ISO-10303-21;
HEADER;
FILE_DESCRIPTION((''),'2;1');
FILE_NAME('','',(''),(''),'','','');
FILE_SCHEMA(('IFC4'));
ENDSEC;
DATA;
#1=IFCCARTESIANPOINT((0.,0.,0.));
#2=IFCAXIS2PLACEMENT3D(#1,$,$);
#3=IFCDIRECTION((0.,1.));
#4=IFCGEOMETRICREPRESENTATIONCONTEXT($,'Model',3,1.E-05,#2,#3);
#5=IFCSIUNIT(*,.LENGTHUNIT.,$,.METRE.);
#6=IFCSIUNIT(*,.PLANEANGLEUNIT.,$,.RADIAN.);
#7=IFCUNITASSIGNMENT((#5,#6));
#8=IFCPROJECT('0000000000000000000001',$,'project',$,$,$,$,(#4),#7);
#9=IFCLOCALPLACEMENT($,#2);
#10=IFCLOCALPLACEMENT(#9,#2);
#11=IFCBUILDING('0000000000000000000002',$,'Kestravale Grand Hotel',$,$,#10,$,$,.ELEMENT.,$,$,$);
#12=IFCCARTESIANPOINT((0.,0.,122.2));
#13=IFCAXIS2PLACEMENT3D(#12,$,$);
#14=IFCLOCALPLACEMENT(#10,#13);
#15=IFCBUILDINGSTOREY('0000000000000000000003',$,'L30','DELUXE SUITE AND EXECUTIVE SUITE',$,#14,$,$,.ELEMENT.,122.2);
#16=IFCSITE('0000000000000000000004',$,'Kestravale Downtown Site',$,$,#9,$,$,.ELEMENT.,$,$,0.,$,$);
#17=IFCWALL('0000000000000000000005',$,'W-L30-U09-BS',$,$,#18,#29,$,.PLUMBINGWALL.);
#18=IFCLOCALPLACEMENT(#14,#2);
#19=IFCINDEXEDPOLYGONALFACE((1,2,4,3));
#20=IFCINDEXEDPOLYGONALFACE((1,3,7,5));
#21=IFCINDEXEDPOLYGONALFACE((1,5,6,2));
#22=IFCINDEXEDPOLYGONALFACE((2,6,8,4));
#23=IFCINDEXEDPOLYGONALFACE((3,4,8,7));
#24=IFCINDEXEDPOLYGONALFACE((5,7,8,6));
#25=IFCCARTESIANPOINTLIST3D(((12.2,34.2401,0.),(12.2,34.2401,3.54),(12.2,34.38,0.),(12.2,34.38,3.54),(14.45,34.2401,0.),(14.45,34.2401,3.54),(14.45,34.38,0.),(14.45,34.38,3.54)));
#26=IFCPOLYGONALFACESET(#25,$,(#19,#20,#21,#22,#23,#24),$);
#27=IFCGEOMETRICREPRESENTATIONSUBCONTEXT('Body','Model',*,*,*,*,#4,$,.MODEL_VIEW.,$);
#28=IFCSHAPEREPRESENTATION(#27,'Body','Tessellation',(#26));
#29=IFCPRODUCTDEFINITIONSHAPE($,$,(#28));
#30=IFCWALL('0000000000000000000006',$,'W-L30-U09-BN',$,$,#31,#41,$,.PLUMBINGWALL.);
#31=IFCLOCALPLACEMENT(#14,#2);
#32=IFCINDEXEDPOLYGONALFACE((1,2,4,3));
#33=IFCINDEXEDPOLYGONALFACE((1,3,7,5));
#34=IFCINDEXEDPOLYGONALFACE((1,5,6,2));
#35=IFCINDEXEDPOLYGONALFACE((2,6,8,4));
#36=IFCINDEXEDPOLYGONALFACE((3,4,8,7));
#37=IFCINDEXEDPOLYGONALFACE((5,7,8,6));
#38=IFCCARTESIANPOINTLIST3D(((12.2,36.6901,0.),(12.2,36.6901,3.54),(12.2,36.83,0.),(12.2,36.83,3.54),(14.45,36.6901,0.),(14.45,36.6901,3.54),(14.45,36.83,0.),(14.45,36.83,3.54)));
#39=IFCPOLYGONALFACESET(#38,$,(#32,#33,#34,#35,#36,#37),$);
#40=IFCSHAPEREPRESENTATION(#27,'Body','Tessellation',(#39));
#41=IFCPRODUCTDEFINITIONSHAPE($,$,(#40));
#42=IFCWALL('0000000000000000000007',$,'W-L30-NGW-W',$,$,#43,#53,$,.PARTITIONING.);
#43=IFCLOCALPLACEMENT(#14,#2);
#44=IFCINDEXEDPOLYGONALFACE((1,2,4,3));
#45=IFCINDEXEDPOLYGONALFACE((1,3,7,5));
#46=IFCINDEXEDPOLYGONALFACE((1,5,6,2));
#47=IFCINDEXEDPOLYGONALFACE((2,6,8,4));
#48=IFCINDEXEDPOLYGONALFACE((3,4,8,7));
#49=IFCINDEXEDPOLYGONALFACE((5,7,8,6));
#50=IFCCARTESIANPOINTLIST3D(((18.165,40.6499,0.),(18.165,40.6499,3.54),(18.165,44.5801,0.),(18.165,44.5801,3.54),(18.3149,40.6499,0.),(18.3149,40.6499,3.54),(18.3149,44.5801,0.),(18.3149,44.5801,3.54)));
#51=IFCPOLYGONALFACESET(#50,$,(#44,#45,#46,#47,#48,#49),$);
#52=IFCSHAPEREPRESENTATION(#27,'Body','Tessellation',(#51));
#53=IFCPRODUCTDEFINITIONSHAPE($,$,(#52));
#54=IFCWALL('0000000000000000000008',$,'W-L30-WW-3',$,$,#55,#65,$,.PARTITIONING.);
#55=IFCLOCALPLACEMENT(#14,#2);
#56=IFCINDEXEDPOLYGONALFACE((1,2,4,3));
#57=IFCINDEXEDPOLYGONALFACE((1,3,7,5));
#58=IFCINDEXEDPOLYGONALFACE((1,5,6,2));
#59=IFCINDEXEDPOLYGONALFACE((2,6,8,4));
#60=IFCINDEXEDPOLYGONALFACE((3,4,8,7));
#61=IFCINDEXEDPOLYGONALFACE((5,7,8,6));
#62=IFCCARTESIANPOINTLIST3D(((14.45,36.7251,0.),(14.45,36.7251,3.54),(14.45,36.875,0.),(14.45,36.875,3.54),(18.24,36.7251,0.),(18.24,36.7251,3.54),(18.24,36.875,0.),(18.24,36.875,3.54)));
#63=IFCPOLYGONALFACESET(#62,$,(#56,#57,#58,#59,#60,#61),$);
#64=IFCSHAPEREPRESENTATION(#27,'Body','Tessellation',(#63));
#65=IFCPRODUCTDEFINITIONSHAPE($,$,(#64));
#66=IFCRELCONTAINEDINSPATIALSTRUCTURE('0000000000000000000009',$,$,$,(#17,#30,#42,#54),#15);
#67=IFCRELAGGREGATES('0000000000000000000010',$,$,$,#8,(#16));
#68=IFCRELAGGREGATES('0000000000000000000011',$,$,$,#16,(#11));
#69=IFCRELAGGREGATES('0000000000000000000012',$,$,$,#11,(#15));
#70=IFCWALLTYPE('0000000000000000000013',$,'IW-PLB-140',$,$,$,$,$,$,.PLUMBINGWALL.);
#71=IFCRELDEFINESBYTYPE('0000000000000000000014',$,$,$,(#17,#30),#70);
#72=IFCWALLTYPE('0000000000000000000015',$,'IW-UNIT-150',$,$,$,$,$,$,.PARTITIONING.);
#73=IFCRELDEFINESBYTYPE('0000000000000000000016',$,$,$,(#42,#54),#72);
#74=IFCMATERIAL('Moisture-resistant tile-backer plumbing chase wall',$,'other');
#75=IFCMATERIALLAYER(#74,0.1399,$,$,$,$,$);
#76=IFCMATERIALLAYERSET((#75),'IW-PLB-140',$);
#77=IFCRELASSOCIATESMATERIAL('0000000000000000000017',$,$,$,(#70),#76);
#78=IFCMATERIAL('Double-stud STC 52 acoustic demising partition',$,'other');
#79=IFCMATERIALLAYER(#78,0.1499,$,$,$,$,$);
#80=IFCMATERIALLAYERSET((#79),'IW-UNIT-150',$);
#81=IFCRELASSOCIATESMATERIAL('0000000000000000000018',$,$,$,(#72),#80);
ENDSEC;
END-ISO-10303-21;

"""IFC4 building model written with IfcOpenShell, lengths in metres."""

from ifc_helpers import new_model, si_unit, direction, frame, frame_2d, origin, place, context, subcontext, project, spatial, rectangle, extrude, material, layer, layer_set, type_object, element, save


model = new_model("IFC4")

# Units and contexts
model_context = context("Model", 3, precision=1e-05, world=origin(), true_north=direction((0.0, 1.0)))
body_context = subcontext(model_context, "Body", "Model", "MODEL_VIEW")
ifc_project = project(units=[si_unit("LENGTHUNIT", "METRE"), si_unit("PLANEANGLEUNIT", "RADIAN")], contexts=[model_context])

# Site, building, storey
site_placement = place(None, origin())
site = spatial("IfcSite", under=ifc_project, at=site_placement, Name="Kestravale Downtown Site", CompositionType="ELEMENT", RefElevation=0.0)
building_placement = place(site_placement, origin())
building = spatial("IfcBuilding", under=site, at=building_placement, Name="Kestravale Grand Hotel", CompositionType="ELEMENT")
storey_placement = place(building_placement, frame((0.0, 0.0, 122.2)))
storey = spatial("IfcBuildingStorey", under=building, at=storey_placement, Name="L30", Description="DELUXE SUITE AND EXECUTIVE SUITE", CompositionType="ELEMENT", Elevation=122.2)

# Shared definitions
ifc_material_1 = material(Name="Moisture-resistant tile-backer plumbing chase wall", Category="other")
ifc_layer_1 = layer(ifc_material_1, 0.1399)
ifc_layer_set_1 = layer_set([ifc_layer_1], Name="IW-PLB-140")
wall_type_1 = type_object("IfcWallType", Name="IW-PLB-140", PredefinedType="PLUMBINGWALL", material=ifc_layer_set_1)

# Walls
for number, where, z_axis, x_axis, name in (
    (1, (12.2, 34.3101, 0.0), (0.0, 0.0, 1.0), (1.0, 0.0, 0.0), "W-L30-U09-BS"),
    (2, (12.2, 36.76, 0.0), (0.0, 0.0, 1.0), (1.0, 0.0, 0.0), "W-L30-U09-BN"),
):
    element("IfcWall", number, at=place(storey_placement, frame(where, z_axis=z_axis, x_axis=x_axis)), inside=storey, type_object=wall_type_1, Name=name, PredefinedType="PLUMBINGWALL", context=body_context, shape_type="SweptSolid", body=[
        extrude(rectangle(XDim=2.25, YDim=0.1399, at=frame_2d((1.125, 0.0))), origin(), (0.0, 0.0, 1.0), 3.54),
    ])

# Shared definitions
ifc_material_2 = material(Name="Double-stud STC 52 acoustic demising partition", Category="other")
ifc_layer_2 = layer(ifc_material_2, 0.1499)
ifc_layer_set_2 = layer_set([ifc_layer_2], Name="IW-UNIT-150")
wall_type_2 = type_object("IfcWallType", Name="IW-UNIT-150", PredefinedType="PARTITIONING", material=ifc_layer_set_2)

# Walls
wall_1_placement = place(storey_placement, frame((18.24, 40.6499, 0.0), z_axis=(0.0, 0.0, 1.0), x_axis=(0.0, 1.0, 0.0)))
element("IfcWall", 3, at=wall_1_placement, inside=storey, type_object=wall_type_2, Name="W-L30-NGW-W", PredefinedType="PARTITIONING", context=body_context, shape_type="SweptSolid", body=[
    extrude(rectangle(XDim=3.9302, YDim=0.1499, at=frame_2d((1.9651, 0.0))), origin(), (0.0, 0.0, 1.0), 3.54),
])
wall_2_placement = place(storey_placement, frame((14.45, 36.8, 0.0), z_axis=(0.0, 0.0, 1.0), x_axis=(1.0, 0.0, 0.0)))
element("IfcWall", 4, at=wall_2_placement, inside=storey, type_object=wall_type_2, Name="W-L30-WW-3", PredefinedType="PARTITIONING", context=body_context, shape_type="SweptSolid", body=[
    extrude(rectangle(XDim=3.79, YDim=0.1499, at=frame_2d((1.895, 0.0))), origin(), (0.0, 0.0, 1.0), 3.54),
])

save(model, "model.ifc")
